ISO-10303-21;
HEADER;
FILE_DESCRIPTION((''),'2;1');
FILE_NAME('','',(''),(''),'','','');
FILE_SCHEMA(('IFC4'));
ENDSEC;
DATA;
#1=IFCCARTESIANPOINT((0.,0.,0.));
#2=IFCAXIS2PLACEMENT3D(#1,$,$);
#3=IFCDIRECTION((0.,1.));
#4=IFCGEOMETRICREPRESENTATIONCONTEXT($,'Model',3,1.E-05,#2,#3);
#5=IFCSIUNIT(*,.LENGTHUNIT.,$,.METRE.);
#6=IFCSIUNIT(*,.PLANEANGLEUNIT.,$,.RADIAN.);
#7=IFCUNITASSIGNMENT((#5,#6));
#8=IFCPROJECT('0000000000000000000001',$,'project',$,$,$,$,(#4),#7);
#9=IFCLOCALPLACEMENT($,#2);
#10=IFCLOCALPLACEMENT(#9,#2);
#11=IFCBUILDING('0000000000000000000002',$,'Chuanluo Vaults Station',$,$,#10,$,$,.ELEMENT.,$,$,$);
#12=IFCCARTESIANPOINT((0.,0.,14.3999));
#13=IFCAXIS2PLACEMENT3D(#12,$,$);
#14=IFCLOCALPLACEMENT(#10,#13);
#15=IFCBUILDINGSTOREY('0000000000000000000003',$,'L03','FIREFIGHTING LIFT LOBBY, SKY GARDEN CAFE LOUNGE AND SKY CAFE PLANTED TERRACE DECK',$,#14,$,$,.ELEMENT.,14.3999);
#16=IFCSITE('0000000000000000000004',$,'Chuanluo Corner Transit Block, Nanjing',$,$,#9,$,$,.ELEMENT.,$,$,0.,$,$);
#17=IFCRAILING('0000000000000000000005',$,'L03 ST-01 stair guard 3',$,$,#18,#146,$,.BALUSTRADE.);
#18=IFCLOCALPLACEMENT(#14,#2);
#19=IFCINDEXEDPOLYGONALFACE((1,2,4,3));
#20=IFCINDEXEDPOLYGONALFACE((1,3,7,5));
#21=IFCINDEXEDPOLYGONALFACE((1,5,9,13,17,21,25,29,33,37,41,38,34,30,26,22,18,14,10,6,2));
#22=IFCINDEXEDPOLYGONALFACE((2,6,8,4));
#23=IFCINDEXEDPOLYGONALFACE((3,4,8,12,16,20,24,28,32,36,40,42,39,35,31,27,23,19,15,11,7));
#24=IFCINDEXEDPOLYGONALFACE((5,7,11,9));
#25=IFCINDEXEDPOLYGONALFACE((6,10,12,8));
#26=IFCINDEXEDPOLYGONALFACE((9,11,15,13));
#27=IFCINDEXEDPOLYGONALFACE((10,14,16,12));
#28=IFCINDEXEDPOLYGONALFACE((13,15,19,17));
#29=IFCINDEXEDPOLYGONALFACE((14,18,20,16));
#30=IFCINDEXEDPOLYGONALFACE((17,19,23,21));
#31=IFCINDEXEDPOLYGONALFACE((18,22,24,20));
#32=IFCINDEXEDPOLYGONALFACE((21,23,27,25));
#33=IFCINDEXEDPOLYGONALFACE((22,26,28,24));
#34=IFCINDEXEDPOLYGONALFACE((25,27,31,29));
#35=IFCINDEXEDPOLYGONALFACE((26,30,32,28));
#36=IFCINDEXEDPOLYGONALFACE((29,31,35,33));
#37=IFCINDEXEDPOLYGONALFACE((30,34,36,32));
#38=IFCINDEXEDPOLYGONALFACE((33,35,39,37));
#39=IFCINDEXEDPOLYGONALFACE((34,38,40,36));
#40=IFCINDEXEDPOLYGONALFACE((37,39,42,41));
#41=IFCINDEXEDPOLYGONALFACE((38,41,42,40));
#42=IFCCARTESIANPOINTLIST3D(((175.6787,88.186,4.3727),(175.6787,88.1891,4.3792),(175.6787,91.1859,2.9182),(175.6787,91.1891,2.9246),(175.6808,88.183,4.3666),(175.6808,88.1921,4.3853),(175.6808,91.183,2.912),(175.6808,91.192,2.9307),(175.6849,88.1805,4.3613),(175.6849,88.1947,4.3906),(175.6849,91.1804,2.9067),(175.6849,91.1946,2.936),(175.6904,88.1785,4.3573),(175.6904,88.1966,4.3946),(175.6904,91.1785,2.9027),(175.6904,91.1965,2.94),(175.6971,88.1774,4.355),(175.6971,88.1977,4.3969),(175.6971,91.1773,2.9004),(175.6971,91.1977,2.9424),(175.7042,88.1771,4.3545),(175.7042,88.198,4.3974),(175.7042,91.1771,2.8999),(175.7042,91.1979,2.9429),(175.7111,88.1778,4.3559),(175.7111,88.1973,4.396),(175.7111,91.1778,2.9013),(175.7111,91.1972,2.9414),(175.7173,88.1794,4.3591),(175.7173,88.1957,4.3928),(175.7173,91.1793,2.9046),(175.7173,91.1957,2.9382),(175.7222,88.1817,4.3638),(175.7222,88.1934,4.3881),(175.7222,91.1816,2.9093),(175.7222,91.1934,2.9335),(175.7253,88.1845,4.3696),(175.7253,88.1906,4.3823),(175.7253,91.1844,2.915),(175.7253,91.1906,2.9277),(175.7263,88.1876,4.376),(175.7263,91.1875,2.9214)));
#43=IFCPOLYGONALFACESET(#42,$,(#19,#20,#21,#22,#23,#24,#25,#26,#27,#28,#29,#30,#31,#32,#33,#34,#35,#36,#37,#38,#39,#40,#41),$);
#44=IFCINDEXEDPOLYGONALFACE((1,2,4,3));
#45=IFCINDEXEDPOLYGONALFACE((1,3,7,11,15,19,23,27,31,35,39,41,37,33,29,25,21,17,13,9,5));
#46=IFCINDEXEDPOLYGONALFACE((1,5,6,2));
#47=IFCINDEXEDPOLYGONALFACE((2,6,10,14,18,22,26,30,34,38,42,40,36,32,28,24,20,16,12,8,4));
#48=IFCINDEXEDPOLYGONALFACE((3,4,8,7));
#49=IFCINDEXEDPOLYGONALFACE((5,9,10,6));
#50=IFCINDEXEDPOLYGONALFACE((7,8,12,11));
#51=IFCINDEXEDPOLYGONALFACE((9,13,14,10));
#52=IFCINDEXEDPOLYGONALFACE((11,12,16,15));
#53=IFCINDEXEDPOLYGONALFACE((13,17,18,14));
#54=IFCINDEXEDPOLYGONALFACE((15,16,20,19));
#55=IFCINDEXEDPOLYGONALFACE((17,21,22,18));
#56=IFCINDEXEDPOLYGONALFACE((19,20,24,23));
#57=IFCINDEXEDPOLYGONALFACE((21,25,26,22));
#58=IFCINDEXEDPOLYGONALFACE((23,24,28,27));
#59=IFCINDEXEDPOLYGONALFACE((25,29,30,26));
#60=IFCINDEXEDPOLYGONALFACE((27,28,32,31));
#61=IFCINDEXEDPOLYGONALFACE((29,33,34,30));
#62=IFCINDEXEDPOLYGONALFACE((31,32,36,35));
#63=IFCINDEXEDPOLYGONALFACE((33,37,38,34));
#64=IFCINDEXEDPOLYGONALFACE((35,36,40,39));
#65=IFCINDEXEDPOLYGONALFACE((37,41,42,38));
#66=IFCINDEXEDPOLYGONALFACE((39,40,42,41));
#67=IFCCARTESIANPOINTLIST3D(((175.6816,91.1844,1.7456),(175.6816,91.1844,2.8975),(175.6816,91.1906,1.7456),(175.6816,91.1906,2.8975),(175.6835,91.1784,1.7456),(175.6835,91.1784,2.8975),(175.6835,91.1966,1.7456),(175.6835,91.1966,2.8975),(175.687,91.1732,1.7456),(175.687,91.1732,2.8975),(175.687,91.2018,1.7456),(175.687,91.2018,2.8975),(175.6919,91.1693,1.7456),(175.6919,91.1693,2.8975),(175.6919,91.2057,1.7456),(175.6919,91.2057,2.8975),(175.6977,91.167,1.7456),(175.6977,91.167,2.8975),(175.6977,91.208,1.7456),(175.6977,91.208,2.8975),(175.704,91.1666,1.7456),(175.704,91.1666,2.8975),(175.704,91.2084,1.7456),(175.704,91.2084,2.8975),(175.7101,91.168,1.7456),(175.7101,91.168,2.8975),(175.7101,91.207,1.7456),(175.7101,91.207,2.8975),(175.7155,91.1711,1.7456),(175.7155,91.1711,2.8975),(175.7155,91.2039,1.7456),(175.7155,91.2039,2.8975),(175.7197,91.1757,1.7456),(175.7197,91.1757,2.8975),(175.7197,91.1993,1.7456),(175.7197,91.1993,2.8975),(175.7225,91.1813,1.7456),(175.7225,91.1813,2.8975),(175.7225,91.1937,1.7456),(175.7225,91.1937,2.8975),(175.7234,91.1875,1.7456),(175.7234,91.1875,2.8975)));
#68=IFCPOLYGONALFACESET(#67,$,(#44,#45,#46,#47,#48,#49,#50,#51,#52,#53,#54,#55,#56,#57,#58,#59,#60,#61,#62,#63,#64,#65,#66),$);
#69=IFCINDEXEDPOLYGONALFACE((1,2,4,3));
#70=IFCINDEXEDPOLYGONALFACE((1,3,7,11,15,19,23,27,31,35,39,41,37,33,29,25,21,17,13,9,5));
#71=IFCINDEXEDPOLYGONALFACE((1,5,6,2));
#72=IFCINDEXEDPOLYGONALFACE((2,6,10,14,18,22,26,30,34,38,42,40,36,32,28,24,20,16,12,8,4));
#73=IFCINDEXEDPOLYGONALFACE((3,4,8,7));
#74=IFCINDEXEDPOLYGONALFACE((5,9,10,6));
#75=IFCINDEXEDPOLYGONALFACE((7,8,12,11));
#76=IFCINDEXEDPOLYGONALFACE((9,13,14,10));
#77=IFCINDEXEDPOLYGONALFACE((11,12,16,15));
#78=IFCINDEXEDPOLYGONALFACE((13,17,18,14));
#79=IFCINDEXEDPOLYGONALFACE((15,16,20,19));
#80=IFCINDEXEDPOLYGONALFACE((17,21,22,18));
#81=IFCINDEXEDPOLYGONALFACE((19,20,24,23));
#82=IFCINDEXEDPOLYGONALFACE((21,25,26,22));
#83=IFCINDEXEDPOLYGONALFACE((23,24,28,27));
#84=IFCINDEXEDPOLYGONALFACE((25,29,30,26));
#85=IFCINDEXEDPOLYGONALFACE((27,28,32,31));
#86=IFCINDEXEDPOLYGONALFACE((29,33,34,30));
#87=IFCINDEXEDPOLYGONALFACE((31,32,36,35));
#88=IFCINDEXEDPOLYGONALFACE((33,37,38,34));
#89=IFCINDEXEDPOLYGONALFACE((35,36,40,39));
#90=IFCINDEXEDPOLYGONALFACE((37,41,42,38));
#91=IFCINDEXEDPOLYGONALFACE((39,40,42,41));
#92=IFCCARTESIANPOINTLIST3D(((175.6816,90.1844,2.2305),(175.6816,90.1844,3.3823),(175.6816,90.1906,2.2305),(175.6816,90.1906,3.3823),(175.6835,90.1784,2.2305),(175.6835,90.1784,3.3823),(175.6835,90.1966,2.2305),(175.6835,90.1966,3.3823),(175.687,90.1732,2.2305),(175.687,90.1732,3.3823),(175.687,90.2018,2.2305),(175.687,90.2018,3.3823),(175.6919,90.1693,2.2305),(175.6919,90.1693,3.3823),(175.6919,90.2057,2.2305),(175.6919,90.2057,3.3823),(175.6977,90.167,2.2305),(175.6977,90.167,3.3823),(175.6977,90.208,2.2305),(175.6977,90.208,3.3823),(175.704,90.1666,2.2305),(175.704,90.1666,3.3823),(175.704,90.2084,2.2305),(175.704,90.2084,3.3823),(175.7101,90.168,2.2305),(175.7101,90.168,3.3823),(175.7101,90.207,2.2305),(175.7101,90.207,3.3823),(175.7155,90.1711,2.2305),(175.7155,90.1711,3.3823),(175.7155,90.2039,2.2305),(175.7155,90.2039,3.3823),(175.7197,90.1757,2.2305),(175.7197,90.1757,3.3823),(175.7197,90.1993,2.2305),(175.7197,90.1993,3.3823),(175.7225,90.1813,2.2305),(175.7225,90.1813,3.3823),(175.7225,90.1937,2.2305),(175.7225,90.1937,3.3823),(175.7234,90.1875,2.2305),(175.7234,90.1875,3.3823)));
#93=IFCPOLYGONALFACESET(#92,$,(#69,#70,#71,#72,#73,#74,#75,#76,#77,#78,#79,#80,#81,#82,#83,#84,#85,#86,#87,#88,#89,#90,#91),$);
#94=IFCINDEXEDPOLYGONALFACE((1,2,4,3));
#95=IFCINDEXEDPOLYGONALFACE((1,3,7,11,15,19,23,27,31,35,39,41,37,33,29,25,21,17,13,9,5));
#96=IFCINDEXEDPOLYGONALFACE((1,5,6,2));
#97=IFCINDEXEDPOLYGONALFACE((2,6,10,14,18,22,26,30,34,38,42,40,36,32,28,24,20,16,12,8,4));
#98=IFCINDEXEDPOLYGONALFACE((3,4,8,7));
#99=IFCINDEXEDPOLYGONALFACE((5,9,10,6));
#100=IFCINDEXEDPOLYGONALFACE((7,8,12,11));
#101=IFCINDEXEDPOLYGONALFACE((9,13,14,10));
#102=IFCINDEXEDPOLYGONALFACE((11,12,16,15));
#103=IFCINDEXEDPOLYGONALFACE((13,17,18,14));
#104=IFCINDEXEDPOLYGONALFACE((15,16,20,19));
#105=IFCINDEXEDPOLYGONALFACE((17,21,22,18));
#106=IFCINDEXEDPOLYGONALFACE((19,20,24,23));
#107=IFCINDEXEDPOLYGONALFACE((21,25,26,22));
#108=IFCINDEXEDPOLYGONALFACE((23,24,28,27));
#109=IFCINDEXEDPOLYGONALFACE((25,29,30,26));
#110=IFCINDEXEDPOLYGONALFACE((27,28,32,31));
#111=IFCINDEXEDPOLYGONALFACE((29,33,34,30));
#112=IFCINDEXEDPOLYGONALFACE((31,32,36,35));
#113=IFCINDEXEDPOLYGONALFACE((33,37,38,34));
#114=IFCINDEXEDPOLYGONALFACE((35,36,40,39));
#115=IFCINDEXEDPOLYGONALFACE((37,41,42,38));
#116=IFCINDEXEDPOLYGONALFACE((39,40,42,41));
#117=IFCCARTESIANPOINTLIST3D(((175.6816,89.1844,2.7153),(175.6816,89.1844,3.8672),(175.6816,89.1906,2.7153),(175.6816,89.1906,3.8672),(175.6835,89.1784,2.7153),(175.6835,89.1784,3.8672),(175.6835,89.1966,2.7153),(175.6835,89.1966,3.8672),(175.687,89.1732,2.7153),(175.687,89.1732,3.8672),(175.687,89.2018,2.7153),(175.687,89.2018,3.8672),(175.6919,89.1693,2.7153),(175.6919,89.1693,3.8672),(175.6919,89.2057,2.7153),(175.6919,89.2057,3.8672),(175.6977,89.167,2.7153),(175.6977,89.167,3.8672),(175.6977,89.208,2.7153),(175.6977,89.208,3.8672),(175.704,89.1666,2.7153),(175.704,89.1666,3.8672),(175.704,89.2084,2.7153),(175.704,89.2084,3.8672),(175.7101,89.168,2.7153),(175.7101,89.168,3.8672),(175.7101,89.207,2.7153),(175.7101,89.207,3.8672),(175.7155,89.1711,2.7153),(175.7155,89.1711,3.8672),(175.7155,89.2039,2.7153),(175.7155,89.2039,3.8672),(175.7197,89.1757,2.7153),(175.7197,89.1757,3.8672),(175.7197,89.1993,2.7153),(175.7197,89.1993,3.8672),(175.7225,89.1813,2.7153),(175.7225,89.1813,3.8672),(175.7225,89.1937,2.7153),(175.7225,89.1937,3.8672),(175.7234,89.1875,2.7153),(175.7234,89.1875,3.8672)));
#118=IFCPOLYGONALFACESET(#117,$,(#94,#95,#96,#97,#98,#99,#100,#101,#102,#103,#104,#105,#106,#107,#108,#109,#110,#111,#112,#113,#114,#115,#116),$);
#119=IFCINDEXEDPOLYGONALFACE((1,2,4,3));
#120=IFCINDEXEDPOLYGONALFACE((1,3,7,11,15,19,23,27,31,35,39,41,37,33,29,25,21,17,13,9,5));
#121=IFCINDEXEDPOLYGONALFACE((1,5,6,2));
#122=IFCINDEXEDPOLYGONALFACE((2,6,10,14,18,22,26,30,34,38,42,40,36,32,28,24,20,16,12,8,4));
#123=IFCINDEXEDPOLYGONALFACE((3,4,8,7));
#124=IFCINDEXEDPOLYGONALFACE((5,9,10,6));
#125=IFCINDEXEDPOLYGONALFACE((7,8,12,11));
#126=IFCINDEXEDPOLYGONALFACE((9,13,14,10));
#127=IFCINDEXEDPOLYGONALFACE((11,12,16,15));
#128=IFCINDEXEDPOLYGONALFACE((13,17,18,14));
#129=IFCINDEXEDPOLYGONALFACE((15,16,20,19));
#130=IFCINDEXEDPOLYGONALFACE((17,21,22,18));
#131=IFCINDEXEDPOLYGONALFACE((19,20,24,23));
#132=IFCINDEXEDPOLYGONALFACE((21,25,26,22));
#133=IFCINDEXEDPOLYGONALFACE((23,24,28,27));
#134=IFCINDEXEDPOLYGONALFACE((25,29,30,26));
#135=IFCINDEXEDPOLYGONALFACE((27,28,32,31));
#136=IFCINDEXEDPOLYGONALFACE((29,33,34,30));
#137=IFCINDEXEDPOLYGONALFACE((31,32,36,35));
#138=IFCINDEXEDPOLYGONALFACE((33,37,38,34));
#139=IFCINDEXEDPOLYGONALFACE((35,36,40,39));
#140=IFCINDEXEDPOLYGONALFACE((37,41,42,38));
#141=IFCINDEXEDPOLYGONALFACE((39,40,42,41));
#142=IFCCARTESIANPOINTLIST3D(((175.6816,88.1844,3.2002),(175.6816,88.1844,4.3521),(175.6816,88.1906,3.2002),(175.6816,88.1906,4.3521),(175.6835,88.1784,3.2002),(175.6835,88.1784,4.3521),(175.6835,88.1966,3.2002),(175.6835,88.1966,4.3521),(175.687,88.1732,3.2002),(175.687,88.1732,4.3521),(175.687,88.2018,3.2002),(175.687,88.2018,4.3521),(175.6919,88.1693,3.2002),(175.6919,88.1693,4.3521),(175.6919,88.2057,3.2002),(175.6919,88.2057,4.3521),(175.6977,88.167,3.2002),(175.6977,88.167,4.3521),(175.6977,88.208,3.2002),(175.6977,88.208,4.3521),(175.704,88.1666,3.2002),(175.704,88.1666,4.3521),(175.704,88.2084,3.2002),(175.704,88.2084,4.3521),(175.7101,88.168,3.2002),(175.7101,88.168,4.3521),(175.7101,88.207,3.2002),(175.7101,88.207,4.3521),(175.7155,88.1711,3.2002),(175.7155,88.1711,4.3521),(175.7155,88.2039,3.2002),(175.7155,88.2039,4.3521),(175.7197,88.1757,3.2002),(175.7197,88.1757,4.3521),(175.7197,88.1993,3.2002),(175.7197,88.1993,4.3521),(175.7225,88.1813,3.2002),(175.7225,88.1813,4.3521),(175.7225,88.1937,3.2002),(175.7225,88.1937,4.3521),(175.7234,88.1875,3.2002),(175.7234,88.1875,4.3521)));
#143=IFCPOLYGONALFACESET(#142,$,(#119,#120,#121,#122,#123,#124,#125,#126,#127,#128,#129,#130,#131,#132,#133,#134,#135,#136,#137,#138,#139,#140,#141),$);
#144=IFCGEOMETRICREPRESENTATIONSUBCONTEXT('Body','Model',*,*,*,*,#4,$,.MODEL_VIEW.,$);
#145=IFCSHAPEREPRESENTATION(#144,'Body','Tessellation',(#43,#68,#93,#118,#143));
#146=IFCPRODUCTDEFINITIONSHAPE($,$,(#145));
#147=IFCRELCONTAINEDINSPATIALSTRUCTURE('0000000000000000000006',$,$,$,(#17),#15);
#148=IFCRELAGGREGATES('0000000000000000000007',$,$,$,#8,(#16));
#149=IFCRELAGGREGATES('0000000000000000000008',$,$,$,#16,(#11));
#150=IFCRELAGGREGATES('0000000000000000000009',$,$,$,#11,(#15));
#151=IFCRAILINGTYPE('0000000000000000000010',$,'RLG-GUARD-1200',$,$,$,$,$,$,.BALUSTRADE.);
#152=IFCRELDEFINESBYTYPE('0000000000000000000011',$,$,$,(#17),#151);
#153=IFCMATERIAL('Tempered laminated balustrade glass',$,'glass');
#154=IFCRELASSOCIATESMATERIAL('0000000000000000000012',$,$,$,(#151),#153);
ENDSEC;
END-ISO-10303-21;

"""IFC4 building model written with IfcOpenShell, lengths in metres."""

from ifc_helpers import new_model, si_unit, direction, frame, origin, origin_2d, place, context, subcontext, project, spatial, circle, extrude, material, type_object, element, save


model = new_model("IFC4")

# Units and contexts
model_context = context("Model", 3, precision=1e-05, world=origin(), true_north=direction((0.0, 1.0)))
body_context = subcontext(model_context, "Body", "Model", "MODEL_VIEW")
ifc_project = project(units=[si_unit("LENGTHUNIT", "METRE"), si_unit("PLANEANGLEUNIT", "RADIAN")], contexts=[model_context])

# Site, building, storey
site_placement = place(None, origin())
site = spatial("IfcSite", under=ifc_project, at=site_placement, Name="Chuanluo Corner Transit Block, Nanjing", CompositionType="ELEMENT", RefElevation=0.0)
building_placement = place(site_placement, origin())
building = spatial("IfcBuilding", under=site, at=building_placement, Name="Chuanluo Vaults Station", CompositionType="ELEMENT")
storey_placement = place(building_placement, frame((0.0, 0.0, 14.3999)))
storey = spatial("IfcBuildingStorey", under=building, at=storey_placement, Name="L03", Description="FIREFIGHTING LIFT LOBBY, SKY GARDEN CAFE LOUNGE AND SKY CAFE PLANTED TERRACE DECK", CompositionType="ELEMENT", Elevation=14.3999)

# Railing
ifc_material_1 = material(Name="Tempered laminated balustrade glass", Category="glass")
railing_type_1 = type_object("IfcRailingType", Name="RLG-GUARD-1200", PredefinedType="BALUSTRADE", material=ifc_material_1)
railing_1_placement = place(storey_placement, frame((175.7024, 91.1875, 1.7456)))
element("IfcRailing", 1, at=railing_1_placement, inside=storey, type_object=railing_type_1, Name="L03 ST-01 stair guard 3", PredefinedType="BALUSTRADE", context=body_context, shape_type="SweptSolid", body=[
    extrude(circle(Radius=0.0239, at=origin_2d()), frame((0.0, 0.0, 1.1758), z_axis=(0.0, -0.899809, 0.436284), x_axis=(1.0, 0.0, 0.0)), (0.0, 0.0, 1.0), 3.334),
    extrude(circle(Radius=0.021, at=origin_2d()), origin(), (0.0, 0.0, 1.0), 1.1519),
    extrude(circle(Radius=0.021, at=origin_2d()), frame((0.0, -1.0, 0.4849)), (0.0, 0.0, 1.0), 1.1519),
    extrude(circle(Radius=0.021, at=origin_2d()), frame((0.0, -2.0, 0.9697)), (0.0, 0.0, 1.0), 1.1519),
    extrude(circle(Radius=0.021, at=origin_2d()), frame((0.0, -3.0, 1.4546)), (0.0, 0.0, 1.0), 1.1519),
])

save(model, "model.ifc")
